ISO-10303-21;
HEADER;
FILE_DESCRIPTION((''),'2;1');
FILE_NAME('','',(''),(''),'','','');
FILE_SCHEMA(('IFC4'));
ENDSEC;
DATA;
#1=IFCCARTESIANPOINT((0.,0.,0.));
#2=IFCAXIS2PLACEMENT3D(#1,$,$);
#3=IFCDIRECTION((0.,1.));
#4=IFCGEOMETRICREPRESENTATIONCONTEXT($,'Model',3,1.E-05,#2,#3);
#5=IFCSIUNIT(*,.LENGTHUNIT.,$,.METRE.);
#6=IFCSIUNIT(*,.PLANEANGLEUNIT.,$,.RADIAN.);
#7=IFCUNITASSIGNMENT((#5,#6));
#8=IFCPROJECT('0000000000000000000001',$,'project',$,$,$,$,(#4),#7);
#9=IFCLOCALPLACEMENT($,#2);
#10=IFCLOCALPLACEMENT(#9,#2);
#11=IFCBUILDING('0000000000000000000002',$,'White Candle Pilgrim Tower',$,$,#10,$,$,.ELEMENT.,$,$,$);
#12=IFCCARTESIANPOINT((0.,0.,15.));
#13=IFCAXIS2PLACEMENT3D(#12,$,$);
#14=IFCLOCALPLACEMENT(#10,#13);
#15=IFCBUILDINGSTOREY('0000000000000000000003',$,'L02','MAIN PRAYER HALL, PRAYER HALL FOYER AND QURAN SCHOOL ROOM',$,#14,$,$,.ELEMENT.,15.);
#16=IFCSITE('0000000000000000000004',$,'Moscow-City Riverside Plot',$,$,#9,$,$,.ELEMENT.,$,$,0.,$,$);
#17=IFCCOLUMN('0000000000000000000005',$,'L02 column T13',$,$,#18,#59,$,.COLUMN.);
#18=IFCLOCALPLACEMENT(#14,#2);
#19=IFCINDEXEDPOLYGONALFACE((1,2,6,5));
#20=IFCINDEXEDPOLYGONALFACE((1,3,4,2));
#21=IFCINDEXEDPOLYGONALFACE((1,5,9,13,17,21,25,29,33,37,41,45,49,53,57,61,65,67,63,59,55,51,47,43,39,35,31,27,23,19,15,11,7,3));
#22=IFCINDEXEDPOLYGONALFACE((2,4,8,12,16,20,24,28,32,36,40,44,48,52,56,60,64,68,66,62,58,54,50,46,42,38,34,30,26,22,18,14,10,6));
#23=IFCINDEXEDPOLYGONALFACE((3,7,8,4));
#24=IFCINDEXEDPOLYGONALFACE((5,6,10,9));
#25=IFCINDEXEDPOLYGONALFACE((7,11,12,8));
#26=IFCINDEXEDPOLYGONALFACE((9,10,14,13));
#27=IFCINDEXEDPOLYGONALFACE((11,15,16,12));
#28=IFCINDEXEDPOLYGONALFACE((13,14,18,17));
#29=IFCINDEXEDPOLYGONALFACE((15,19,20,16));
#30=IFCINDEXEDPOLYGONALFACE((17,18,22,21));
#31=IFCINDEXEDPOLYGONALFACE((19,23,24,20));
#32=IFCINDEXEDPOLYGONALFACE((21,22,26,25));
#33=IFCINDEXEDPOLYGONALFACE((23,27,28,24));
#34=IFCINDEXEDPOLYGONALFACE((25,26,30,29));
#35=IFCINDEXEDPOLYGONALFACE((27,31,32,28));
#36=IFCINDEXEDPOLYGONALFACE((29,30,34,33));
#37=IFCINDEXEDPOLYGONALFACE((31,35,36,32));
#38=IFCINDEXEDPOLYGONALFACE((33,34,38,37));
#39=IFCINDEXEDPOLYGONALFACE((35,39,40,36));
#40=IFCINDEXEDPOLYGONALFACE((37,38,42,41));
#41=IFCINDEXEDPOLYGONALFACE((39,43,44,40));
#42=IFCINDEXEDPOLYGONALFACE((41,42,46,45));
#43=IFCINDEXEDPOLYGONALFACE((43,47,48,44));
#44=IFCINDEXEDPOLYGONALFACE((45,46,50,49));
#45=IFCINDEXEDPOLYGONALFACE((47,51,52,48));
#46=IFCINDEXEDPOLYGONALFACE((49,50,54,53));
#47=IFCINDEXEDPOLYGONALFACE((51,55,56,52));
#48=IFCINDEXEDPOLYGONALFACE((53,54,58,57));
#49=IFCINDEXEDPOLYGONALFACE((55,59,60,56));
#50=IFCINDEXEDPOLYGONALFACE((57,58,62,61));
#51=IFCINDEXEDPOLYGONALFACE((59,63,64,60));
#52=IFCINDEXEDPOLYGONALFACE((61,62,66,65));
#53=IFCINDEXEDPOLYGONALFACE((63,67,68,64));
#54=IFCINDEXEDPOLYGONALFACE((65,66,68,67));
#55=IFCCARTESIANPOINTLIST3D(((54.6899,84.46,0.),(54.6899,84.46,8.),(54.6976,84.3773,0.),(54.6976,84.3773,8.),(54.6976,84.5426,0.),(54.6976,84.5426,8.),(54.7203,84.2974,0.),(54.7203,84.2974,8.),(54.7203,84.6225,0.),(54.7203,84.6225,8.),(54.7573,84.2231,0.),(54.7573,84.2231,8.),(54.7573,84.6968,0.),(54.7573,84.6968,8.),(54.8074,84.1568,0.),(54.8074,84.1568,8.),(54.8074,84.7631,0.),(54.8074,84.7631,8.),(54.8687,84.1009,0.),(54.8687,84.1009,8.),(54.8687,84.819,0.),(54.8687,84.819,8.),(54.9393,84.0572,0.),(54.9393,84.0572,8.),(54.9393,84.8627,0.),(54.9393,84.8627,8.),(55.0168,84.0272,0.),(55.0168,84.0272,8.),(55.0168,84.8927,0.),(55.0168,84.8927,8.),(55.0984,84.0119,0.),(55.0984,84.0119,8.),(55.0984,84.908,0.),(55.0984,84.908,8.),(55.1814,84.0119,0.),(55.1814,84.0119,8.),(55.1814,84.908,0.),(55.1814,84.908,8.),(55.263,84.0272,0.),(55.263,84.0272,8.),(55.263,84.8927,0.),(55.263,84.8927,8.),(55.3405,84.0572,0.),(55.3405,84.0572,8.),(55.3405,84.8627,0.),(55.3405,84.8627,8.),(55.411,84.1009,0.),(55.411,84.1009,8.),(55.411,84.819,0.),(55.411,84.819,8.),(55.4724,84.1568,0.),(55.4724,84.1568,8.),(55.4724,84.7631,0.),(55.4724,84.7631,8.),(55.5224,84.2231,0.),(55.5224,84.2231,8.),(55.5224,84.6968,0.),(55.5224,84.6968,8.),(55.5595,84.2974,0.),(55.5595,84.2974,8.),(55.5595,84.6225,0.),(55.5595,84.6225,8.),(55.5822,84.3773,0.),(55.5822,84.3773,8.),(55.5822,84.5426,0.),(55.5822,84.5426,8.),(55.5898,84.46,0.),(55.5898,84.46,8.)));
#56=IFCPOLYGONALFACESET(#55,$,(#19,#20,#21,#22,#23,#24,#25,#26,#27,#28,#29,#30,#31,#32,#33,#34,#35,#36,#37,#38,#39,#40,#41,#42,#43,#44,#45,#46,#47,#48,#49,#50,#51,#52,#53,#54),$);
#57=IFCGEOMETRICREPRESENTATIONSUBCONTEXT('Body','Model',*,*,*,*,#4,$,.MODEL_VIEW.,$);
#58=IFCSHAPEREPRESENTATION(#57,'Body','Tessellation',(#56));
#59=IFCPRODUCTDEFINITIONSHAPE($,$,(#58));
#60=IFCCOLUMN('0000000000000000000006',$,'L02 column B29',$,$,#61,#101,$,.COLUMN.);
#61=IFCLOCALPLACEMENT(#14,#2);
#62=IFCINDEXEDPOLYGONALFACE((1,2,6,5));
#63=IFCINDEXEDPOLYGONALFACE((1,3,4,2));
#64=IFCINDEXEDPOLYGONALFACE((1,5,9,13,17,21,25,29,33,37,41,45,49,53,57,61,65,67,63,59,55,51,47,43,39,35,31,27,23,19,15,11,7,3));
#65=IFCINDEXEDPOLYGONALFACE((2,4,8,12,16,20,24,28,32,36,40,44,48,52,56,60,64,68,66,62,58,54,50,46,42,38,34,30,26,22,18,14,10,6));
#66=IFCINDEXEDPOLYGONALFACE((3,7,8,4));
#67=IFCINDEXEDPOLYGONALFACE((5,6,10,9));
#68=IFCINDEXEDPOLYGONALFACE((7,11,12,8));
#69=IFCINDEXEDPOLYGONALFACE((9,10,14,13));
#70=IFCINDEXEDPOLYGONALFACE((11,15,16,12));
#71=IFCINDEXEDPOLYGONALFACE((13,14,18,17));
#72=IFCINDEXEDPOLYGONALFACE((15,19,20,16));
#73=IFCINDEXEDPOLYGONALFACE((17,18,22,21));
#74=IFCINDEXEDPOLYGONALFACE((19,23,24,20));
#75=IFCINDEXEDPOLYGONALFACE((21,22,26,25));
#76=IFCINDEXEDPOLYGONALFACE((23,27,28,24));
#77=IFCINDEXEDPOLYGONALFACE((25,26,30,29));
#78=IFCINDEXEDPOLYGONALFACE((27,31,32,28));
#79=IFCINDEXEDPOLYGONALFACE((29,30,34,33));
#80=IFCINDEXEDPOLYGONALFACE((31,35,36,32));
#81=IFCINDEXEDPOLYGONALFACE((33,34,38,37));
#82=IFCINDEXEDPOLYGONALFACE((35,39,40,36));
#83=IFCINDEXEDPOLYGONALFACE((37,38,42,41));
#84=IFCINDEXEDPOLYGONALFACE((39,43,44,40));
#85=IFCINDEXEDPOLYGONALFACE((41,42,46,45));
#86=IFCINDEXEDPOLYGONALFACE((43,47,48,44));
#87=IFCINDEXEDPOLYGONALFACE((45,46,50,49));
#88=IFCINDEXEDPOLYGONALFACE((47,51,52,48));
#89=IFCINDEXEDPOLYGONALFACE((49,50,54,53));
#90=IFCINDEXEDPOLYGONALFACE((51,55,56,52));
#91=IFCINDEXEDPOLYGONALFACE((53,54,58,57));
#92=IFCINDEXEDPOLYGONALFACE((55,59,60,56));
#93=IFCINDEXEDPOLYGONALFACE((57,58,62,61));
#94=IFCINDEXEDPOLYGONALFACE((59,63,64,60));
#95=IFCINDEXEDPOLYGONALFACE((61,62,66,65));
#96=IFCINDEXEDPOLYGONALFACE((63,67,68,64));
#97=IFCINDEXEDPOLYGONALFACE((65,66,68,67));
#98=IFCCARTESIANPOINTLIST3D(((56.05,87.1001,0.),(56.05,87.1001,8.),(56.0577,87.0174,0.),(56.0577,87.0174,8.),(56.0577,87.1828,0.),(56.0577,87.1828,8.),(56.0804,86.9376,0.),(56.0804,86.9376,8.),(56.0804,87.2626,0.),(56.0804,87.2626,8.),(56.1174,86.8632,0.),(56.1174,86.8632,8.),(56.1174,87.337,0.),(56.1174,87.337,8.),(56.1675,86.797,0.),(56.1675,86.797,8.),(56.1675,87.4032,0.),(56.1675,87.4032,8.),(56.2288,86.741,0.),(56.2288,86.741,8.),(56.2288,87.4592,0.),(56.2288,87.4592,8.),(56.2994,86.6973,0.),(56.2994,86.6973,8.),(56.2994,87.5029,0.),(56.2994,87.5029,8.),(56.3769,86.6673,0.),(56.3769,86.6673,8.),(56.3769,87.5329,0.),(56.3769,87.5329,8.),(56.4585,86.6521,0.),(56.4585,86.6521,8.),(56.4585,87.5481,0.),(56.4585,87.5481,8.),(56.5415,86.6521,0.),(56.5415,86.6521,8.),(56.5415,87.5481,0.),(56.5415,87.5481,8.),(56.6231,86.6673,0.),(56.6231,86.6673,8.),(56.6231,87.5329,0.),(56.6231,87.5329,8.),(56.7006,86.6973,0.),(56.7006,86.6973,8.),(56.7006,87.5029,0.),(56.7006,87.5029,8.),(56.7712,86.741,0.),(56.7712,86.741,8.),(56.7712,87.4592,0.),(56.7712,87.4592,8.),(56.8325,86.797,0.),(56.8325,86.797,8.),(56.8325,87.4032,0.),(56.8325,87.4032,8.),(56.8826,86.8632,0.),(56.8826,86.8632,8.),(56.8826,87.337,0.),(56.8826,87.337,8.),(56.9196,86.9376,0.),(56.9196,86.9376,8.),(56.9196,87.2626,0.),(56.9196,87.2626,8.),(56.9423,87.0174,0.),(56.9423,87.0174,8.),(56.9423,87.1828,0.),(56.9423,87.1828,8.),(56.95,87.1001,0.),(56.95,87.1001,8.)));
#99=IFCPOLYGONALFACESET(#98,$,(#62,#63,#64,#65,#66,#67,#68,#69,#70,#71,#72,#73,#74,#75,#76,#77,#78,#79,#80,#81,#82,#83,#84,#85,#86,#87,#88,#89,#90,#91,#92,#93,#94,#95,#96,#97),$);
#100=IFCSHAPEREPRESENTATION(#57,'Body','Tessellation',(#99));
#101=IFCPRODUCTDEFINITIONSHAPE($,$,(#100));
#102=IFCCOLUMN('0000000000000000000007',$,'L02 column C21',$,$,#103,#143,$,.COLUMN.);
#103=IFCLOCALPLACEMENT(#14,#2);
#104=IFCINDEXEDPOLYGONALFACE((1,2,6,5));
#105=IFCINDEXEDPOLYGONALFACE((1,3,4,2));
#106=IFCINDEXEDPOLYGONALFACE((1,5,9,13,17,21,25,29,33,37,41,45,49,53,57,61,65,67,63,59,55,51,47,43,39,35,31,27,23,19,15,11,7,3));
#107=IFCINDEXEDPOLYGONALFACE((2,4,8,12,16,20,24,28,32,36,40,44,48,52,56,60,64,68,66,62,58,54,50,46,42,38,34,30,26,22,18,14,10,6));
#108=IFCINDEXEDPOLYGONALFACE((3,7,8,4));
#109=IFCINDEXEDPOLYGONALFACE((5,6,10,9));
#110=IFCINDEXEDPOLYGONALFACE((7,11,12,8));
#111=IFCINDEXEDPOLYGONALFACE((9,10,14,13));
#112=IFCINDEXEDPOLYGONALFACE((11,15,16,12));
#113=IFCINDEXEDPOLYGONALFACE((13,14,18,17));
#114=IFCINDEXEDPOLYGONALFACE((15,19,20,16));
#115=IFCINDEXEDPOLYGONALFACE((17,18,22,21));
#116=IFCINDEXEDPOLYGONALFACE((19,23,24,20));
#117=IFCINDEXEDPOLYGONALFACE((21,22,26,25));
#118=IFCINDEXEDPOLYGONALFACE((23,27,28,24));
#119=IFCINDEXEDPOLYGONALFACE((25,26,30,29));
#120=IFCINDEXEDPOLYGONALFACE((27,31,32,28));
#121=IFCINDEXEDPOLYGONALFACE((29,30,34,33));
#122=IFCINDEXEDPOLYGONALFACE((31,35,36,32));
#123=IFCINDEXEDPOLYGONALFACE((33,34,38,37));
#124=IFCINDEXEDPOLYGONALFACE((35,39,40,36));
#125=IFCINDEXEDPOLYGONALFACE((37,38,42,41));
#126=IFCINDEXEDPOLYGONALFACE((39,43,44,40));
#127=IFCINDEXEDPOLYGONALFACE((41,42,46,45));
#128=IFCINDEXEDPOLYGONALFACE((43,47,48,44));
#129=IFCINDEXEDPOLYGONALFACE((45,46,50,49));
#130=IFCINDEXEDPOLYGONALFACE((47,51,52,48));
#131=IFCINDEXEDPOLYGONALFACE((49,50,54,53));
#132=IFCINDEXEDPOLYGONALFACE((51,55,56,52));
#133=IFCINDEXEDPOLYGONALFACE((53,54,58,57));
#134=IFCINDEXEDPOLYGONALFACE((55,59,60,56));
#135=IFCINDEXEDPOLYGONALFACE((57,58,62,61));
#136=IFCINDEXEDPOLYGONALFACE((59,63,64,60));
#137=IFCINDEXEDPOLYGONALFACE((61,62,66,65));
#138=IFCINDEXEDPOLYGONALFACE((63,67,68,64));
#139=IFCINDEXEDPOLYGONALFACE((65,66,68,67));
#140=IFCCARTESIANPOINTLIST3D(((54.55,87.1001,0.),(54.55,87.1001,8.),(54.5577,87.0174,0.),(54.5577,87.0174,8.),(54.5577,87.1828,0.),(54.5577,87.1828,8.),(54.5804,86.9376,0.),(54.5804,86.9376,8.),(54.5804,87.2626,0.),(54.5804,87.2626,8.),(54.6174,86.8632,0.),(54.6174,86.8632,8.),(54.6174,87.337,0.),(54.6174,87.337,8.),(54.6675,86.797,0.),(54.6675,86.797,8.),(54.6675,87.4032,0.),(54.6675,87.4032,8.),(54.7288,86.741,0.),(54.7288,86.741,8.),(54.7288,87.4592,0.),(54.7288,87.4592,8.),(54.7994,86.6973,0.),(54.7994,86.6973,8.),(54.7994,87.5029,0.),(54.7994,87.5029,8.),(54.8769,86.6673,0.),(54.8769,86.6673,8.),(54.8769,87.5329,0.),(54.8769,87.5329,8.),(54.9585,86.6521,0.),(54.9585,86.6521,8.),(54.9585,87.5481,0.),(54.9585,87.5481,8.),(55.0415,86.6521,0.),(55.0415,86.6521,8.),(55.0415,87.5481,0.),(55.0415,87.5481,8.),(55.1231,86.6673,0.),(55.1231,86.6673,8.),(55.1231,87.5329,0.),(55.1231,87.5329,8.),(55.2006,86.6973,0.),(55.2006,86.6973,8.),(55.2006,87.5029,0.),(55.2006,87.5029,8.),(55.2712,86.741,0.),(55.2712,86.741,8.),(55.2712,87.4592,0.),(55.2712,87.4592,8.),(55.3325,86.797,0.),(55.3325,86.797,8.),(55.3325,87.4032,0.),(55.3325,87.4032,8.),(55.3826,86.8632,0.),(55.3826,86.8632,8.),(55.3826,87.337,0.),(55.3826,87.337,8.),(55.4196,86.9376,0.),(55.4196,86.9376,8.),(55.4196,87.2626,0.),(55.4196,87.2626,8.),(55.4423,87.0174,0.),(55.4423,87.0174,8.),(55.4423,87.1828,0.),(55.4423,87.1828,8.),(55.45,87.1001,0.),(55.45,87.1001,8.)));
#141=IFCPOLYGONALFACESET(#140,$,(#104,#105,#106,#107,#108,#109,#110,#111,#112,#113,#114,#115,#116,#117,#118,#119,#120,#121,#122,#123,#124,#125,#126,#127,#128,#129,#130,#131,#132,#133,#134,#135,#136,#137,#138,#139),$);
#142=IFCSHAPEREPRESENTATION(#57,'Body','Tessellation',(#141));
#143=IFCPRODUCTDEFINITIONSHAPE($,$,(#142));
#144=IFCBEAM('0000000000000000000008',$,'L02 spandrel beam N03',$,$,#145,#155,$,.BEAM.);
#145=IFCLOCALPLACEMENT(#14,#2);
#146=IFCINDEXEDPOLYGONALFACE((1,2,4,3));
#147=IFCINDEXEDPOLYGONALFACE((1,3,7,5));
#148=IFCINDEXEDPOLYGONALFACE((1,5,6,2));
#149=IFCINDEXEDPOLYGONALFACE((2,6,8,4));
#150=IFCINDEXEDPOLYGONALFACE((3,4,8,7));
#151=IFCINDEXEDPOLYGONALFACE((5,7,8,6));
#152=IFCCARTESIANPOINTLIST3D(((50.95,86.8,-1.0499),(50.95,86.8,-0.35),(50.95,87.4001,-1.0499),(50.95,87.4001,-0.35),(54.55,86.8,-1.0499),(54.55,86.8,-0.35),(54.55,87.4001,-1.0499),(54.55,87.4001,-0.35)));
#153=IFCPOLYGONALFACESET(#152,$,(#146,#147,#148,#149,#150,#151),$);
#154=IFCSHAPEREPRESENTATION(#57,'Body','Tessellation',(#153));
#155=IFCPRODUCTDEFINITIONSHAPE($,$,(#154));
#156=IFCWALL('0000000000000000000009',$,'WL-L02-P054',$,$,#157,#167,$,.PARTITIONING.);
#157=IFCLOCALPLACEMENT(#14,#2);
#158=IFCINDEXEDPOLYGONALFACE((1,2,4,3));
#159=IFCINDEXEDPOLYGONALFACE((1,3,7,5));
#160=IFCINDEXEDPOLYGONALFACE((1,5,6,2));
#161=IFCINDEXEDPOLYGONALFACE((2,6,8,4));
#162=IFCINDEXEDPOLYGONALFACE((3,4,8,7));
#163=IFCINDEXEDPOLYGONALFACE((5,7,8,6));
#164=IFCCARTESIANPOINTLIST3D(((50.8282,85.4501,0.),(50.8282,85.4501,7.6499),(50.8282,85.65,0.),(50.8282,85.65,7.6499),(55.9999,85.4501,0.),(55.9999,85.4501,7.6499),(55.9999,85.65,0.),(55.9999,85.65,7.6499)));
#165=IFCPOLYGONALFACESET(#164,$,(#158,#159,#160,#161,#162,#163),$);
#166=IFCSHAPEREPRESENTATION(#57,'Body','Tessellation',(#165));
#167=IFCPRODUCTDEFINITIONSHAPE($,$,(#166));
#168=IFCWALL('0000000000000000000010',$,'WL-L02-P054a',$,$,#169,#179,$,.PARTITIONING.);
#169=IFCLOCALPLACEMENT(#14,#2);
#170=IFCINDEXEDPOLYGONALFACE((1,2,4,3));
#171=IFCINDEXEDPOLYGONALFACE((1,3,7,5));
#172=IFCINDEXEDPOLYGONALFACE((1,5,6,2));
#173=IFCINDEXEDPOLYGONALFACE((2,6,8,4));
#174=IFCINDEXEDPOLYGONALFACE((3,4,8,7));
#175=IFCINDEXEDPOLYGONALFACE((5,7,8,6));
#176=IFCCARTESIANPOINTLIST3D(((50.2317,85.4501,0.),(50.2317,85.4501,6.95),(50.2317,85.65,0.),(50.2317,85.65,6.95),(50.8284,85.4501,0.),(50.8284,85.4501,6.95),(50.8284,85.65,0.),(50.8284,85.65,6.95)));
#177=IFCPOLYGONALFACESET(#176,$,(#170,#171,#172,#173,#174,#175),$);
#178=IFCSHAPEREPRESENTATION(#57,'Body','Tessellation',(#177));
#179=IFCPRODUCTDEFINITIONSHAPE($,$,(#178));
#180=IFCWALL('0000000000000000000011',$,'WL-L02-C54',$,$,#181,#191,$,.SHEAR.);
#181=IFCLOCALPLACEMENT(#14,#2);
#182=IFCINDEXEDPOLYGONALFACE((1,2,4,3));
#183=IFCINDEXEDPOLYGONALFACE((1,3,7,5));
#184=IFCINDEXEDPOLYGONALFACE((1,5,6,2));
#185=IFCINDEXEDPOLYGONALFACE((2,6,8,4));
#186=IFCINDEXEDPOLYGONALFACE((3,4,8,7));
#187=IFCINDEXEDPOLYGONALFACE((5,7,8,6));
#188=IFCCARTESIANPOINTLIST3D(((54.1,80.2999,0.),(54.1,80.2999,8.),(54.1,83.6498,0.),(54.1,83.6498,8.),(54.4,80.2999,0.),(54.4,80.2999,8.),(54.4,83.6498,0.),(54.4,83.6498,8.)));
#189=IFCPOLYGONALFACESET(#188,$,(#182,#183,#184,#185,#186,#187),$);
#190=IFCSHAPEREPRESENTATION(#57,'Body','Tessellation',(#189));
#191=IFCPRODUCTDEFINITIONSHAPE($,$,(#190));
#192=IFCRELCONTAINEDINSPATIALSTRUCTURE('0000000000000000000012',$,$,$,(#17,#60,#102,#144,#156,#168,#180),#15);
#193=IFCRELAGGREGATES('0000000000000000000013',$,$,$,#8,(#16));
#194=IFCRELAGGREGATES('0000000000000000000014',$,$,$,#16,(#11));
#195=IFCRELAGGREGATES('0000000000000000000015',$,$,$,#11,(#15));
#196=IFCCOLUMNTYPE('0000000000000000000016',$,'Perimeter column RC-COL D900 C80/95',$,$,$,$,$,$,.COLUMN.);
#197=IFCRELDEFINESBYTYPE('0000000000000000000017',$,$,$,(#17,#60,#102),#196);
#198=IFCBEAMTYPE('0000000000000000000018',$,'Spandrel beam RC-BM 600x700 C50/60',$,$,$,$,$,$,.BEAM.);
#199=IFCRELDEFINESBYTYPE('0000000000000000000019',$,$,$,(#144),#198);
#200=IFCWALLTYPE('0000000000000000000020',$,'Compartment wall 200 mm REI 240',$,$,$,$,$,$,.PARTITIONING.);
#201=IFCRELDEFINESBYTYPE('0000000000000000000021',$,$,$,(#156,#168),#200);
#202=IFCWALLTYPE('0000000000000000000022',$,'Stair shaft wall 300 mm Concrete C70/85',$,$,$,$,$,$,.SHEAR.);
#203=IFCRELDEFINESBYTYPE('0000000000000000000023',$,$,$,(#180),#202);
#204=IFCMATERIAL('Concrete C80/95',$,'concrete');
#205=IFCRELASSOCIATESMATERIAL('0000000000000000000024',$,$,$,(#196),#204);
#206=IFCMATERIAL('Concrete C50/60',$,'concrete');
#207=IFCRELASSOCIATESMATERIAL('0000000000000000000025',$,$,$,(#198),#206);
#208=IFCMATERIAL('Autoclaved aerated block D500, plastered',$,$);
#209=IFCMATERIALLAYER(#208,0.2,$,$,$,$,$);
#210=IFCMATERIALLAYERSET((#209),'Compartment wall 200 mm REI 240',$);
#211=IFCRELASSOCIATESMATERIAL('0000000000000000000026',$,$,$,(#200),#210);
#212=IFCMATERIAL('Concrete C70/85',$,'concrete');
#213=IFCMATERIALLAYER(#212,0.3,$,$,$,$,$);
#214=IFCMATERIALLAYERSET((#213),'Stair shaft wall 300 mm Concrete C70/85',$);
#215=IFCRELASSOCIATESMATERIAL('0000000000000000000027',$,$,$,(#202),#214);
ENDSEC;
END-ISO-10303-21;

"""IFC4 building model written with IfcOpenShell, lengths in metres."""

from ifc_helpers import new_model, si_unit, direction, frame, frame_2d, origin, origin_2d, place, context, subcontext, project, spatial, rectangle, circle, extrude, material, layer, layer_set, material_profile, profile_set, type_object, element, save


model = new_model("IFC4")

# Units and contexts
model_context = context("Model", 3, precision=1e-05, world=origin(), true_north=direction((0.0, 1.0)))
body_context = subcontext(model_context, "Body", "Model", "MODEL_VIEW")
ifc_project = project(units=[si_unit("LENGTHUNIT", "METRE"), si_unit("PLANEANGLEUNIT", "RADIAN")], contexts=[model_context])

# Site, building, storey
site_placement = place(None, origin())
site = spatial("IfcSite", under=ifc_project, at=site_placement, Name="Moscow-City Riverside Plot", CompositionType="ELEMENT", RefElevation=0.0)
building_placement = place(site_placement, origin())
building = spatial("IfcBuilding", under=site, at=building_placement, Name="White Candle Pilgrim Tower", CompositionType="ELEMENT")
storey_placement = place(building_placement, frame((0.0, 0.0, 15.0)))
storey = spatial("IfcBuildingStorey", under=building, at=storey_placement, Name="L02", Description="MAIN PRAYER HALL, PRAYER HALL FOYER AND QURAN SCHOOL ROOM", CompositionType="ELEMENT", Elevation=15.0)

# Columns
ifc_material_1 = material(Name="Concrete C80/95", Category="concrete")
ifc_material_profile_1 = material_profile(ifc_material_1, circle(Radius=0.45, at=origin_2d()), Name="RC-COL D900")
ifc_profile_set_1 = profile_set([ifc_material_profile_1], Name="Concrete C80/95")
column_type = type_object("IfcColumnType", Name="Perimeter column RC-COL D900 C80/95", PredefinedType="COLUMN", material=ifc_profile_set_1)
for number, where, z_axis, x_axis, name in (
    (1, (55.1399, 84.46, 0.0), (0.0, 0.0, 1.0), (1.0, 0.0, 0.0), "L02 column T13"),
    (2, (56.5, 87.1001, 0.0), (0.0, 0.0, 1.0), (1.0, 0.0, 0.0), "L02 column B29"),
    (3, (55.0, 87.1001, 0.0), (0.0, 0.0, 1.0), (1.0, 0.0, 0.0), "L02 column C21"),
):
    element("IfcColumn", number, at=place(storey_placement, frame(where, z_axis=z_axis, x_axis=x_axis)), inside=storey, type_object=column_type, Name=name, PredefinedType="COLUMN", context=body_context, shape_type="SweptSolid", body=[
        extrude(circle(Radius=0.45, at=origin_2d()), origin(), (0.0, 0.0, 1.0), 8.0),
    ])

# Beam
ifc_material_2 = material(Name="Concrete C50/60", Category="concrete")
ifc_material_profile_2 = material_profile(ifc_material_2, rectangle(XDim=0.6001, YDim=0.7, at=origin_2d()), Name="RC-BM 600x700")
ifc_profile_set_2 = profile_set([ifc_material_profile_2], Name="Concrete C50/60")
beam_type = type_object("IfcBeamType", Name="Spandrel beam RC-BM 600x700 C50/60", PredefinedType="BEAM", material=ifc_profile_set_2)
beam_placement = place(storey_placement, frame((50.95, 87.1001, -0.7), z_axis=(1.0, 0.0, 0.0), x_axis=(0.0, 1.0, 0.0)))
element("IfcBeam", 4, at=beam_placement, inside=storey, type_object=beam_type, Name="L02 spandrel beam N03", PredefinedType="BEAM", context=body_context, shape_type="SweptSolid", body=[
    extrude(rectangle(XDim=0.6001, YDim=0.7, at=origin_2d()), origin(), (0.0, 0.0, 1.0), 3.6001),
])

# Walls
ifc_material_3 = material(Name="Autoclaved aerated block D500, plastered")
ifc_layer_1 = layer(ifc_material_3, 0.2)
ifc_layer_set_1 = layer_set([ifc_layer_1], Name="Compartment wall 200 mm REI 240")
wall_type_1 = type_object("IfcWallType", Name="Compartment wall 200 mm REI 240", PredefinedType="PARTITIONING", material=ifc_layer_set_1)
wall_1_placement = place(storey_placement, frame((56.0, 85.55, 0.0), z_axis=(0.0, 0.0, 1.0), x_axis=(-1.0, 0.0, 0.0)))
element("IfcWall", 5, at=wall_1_placement, inside=storey, type_object=wall_type_1, Name="WL-L02-P054", PredefinedType="PARTITIONING", context=body_context, shape_type="SweptSolid", body=[
    extrude(rectangle(XDim=5.1716, YDim=0.2, at=frame_2d((2.5859, 0.0))), origin(), (0.0, 0.0, 1.0), 7.6499),
])
wall_2_placement = place(storey_placement, frame((50.8284, 85.55, 0.0), z_axis=(0.0, 0.0, 1.0), x_axis=(-1.0, 0.0, 0.0)))
element("IfcWall", 6, at=wall_2_placement, inside=storey, type_object=wall_type_1, Name="WL-L02-P054a", PredefinedType="PARTITIONING", context=body_context, shape_type="SweptSolid", body=[
    extrude(rectangle(XDim=0.5967, YDim=0.2, at=frame_2d((0.2983, 0.0))), origin(), (0.0, 0.0, 1.0), 6.95),
])
ifc_material_4 = material(Name="Concrete C70/85", Category="concrete")
ifc_layer_2 = layer(ifc_material_4, 0.3)
ifc_layer_set_2 = layer_set([ifc_layer_2], Name="Stair shaft wall 300 mm Concrete C70/85")
wall_type_2 = type_object("IfcWallType", Name="Stair shaft wall 300 mm Concrete C70/85", PredefinedType="SHEAR", material=ifc_layer_set_2)
wall_3_placement = place(storey_placement, frame((54.25, 80.3, 0.0), z_axis=(0.0, 0.0, 1.0), x_axis=(0.0, 1.0, 0.0)))
element("IfcWall", 7, at=wall_3_placement, inside=storey, type_object=wall_type_2, Name="WL-L02-C54", PredefinedType="SHEAR", context=body_context, shape_type="SweptSolid", body=[
    extrude(rectangle(XDim=3.3499, YDim=0.3, at=frame_2d((1.6748, 0.0))), origin(), (0.0, 0.0, 1.0), 8.0),
])

save(model, "model.ifc")
